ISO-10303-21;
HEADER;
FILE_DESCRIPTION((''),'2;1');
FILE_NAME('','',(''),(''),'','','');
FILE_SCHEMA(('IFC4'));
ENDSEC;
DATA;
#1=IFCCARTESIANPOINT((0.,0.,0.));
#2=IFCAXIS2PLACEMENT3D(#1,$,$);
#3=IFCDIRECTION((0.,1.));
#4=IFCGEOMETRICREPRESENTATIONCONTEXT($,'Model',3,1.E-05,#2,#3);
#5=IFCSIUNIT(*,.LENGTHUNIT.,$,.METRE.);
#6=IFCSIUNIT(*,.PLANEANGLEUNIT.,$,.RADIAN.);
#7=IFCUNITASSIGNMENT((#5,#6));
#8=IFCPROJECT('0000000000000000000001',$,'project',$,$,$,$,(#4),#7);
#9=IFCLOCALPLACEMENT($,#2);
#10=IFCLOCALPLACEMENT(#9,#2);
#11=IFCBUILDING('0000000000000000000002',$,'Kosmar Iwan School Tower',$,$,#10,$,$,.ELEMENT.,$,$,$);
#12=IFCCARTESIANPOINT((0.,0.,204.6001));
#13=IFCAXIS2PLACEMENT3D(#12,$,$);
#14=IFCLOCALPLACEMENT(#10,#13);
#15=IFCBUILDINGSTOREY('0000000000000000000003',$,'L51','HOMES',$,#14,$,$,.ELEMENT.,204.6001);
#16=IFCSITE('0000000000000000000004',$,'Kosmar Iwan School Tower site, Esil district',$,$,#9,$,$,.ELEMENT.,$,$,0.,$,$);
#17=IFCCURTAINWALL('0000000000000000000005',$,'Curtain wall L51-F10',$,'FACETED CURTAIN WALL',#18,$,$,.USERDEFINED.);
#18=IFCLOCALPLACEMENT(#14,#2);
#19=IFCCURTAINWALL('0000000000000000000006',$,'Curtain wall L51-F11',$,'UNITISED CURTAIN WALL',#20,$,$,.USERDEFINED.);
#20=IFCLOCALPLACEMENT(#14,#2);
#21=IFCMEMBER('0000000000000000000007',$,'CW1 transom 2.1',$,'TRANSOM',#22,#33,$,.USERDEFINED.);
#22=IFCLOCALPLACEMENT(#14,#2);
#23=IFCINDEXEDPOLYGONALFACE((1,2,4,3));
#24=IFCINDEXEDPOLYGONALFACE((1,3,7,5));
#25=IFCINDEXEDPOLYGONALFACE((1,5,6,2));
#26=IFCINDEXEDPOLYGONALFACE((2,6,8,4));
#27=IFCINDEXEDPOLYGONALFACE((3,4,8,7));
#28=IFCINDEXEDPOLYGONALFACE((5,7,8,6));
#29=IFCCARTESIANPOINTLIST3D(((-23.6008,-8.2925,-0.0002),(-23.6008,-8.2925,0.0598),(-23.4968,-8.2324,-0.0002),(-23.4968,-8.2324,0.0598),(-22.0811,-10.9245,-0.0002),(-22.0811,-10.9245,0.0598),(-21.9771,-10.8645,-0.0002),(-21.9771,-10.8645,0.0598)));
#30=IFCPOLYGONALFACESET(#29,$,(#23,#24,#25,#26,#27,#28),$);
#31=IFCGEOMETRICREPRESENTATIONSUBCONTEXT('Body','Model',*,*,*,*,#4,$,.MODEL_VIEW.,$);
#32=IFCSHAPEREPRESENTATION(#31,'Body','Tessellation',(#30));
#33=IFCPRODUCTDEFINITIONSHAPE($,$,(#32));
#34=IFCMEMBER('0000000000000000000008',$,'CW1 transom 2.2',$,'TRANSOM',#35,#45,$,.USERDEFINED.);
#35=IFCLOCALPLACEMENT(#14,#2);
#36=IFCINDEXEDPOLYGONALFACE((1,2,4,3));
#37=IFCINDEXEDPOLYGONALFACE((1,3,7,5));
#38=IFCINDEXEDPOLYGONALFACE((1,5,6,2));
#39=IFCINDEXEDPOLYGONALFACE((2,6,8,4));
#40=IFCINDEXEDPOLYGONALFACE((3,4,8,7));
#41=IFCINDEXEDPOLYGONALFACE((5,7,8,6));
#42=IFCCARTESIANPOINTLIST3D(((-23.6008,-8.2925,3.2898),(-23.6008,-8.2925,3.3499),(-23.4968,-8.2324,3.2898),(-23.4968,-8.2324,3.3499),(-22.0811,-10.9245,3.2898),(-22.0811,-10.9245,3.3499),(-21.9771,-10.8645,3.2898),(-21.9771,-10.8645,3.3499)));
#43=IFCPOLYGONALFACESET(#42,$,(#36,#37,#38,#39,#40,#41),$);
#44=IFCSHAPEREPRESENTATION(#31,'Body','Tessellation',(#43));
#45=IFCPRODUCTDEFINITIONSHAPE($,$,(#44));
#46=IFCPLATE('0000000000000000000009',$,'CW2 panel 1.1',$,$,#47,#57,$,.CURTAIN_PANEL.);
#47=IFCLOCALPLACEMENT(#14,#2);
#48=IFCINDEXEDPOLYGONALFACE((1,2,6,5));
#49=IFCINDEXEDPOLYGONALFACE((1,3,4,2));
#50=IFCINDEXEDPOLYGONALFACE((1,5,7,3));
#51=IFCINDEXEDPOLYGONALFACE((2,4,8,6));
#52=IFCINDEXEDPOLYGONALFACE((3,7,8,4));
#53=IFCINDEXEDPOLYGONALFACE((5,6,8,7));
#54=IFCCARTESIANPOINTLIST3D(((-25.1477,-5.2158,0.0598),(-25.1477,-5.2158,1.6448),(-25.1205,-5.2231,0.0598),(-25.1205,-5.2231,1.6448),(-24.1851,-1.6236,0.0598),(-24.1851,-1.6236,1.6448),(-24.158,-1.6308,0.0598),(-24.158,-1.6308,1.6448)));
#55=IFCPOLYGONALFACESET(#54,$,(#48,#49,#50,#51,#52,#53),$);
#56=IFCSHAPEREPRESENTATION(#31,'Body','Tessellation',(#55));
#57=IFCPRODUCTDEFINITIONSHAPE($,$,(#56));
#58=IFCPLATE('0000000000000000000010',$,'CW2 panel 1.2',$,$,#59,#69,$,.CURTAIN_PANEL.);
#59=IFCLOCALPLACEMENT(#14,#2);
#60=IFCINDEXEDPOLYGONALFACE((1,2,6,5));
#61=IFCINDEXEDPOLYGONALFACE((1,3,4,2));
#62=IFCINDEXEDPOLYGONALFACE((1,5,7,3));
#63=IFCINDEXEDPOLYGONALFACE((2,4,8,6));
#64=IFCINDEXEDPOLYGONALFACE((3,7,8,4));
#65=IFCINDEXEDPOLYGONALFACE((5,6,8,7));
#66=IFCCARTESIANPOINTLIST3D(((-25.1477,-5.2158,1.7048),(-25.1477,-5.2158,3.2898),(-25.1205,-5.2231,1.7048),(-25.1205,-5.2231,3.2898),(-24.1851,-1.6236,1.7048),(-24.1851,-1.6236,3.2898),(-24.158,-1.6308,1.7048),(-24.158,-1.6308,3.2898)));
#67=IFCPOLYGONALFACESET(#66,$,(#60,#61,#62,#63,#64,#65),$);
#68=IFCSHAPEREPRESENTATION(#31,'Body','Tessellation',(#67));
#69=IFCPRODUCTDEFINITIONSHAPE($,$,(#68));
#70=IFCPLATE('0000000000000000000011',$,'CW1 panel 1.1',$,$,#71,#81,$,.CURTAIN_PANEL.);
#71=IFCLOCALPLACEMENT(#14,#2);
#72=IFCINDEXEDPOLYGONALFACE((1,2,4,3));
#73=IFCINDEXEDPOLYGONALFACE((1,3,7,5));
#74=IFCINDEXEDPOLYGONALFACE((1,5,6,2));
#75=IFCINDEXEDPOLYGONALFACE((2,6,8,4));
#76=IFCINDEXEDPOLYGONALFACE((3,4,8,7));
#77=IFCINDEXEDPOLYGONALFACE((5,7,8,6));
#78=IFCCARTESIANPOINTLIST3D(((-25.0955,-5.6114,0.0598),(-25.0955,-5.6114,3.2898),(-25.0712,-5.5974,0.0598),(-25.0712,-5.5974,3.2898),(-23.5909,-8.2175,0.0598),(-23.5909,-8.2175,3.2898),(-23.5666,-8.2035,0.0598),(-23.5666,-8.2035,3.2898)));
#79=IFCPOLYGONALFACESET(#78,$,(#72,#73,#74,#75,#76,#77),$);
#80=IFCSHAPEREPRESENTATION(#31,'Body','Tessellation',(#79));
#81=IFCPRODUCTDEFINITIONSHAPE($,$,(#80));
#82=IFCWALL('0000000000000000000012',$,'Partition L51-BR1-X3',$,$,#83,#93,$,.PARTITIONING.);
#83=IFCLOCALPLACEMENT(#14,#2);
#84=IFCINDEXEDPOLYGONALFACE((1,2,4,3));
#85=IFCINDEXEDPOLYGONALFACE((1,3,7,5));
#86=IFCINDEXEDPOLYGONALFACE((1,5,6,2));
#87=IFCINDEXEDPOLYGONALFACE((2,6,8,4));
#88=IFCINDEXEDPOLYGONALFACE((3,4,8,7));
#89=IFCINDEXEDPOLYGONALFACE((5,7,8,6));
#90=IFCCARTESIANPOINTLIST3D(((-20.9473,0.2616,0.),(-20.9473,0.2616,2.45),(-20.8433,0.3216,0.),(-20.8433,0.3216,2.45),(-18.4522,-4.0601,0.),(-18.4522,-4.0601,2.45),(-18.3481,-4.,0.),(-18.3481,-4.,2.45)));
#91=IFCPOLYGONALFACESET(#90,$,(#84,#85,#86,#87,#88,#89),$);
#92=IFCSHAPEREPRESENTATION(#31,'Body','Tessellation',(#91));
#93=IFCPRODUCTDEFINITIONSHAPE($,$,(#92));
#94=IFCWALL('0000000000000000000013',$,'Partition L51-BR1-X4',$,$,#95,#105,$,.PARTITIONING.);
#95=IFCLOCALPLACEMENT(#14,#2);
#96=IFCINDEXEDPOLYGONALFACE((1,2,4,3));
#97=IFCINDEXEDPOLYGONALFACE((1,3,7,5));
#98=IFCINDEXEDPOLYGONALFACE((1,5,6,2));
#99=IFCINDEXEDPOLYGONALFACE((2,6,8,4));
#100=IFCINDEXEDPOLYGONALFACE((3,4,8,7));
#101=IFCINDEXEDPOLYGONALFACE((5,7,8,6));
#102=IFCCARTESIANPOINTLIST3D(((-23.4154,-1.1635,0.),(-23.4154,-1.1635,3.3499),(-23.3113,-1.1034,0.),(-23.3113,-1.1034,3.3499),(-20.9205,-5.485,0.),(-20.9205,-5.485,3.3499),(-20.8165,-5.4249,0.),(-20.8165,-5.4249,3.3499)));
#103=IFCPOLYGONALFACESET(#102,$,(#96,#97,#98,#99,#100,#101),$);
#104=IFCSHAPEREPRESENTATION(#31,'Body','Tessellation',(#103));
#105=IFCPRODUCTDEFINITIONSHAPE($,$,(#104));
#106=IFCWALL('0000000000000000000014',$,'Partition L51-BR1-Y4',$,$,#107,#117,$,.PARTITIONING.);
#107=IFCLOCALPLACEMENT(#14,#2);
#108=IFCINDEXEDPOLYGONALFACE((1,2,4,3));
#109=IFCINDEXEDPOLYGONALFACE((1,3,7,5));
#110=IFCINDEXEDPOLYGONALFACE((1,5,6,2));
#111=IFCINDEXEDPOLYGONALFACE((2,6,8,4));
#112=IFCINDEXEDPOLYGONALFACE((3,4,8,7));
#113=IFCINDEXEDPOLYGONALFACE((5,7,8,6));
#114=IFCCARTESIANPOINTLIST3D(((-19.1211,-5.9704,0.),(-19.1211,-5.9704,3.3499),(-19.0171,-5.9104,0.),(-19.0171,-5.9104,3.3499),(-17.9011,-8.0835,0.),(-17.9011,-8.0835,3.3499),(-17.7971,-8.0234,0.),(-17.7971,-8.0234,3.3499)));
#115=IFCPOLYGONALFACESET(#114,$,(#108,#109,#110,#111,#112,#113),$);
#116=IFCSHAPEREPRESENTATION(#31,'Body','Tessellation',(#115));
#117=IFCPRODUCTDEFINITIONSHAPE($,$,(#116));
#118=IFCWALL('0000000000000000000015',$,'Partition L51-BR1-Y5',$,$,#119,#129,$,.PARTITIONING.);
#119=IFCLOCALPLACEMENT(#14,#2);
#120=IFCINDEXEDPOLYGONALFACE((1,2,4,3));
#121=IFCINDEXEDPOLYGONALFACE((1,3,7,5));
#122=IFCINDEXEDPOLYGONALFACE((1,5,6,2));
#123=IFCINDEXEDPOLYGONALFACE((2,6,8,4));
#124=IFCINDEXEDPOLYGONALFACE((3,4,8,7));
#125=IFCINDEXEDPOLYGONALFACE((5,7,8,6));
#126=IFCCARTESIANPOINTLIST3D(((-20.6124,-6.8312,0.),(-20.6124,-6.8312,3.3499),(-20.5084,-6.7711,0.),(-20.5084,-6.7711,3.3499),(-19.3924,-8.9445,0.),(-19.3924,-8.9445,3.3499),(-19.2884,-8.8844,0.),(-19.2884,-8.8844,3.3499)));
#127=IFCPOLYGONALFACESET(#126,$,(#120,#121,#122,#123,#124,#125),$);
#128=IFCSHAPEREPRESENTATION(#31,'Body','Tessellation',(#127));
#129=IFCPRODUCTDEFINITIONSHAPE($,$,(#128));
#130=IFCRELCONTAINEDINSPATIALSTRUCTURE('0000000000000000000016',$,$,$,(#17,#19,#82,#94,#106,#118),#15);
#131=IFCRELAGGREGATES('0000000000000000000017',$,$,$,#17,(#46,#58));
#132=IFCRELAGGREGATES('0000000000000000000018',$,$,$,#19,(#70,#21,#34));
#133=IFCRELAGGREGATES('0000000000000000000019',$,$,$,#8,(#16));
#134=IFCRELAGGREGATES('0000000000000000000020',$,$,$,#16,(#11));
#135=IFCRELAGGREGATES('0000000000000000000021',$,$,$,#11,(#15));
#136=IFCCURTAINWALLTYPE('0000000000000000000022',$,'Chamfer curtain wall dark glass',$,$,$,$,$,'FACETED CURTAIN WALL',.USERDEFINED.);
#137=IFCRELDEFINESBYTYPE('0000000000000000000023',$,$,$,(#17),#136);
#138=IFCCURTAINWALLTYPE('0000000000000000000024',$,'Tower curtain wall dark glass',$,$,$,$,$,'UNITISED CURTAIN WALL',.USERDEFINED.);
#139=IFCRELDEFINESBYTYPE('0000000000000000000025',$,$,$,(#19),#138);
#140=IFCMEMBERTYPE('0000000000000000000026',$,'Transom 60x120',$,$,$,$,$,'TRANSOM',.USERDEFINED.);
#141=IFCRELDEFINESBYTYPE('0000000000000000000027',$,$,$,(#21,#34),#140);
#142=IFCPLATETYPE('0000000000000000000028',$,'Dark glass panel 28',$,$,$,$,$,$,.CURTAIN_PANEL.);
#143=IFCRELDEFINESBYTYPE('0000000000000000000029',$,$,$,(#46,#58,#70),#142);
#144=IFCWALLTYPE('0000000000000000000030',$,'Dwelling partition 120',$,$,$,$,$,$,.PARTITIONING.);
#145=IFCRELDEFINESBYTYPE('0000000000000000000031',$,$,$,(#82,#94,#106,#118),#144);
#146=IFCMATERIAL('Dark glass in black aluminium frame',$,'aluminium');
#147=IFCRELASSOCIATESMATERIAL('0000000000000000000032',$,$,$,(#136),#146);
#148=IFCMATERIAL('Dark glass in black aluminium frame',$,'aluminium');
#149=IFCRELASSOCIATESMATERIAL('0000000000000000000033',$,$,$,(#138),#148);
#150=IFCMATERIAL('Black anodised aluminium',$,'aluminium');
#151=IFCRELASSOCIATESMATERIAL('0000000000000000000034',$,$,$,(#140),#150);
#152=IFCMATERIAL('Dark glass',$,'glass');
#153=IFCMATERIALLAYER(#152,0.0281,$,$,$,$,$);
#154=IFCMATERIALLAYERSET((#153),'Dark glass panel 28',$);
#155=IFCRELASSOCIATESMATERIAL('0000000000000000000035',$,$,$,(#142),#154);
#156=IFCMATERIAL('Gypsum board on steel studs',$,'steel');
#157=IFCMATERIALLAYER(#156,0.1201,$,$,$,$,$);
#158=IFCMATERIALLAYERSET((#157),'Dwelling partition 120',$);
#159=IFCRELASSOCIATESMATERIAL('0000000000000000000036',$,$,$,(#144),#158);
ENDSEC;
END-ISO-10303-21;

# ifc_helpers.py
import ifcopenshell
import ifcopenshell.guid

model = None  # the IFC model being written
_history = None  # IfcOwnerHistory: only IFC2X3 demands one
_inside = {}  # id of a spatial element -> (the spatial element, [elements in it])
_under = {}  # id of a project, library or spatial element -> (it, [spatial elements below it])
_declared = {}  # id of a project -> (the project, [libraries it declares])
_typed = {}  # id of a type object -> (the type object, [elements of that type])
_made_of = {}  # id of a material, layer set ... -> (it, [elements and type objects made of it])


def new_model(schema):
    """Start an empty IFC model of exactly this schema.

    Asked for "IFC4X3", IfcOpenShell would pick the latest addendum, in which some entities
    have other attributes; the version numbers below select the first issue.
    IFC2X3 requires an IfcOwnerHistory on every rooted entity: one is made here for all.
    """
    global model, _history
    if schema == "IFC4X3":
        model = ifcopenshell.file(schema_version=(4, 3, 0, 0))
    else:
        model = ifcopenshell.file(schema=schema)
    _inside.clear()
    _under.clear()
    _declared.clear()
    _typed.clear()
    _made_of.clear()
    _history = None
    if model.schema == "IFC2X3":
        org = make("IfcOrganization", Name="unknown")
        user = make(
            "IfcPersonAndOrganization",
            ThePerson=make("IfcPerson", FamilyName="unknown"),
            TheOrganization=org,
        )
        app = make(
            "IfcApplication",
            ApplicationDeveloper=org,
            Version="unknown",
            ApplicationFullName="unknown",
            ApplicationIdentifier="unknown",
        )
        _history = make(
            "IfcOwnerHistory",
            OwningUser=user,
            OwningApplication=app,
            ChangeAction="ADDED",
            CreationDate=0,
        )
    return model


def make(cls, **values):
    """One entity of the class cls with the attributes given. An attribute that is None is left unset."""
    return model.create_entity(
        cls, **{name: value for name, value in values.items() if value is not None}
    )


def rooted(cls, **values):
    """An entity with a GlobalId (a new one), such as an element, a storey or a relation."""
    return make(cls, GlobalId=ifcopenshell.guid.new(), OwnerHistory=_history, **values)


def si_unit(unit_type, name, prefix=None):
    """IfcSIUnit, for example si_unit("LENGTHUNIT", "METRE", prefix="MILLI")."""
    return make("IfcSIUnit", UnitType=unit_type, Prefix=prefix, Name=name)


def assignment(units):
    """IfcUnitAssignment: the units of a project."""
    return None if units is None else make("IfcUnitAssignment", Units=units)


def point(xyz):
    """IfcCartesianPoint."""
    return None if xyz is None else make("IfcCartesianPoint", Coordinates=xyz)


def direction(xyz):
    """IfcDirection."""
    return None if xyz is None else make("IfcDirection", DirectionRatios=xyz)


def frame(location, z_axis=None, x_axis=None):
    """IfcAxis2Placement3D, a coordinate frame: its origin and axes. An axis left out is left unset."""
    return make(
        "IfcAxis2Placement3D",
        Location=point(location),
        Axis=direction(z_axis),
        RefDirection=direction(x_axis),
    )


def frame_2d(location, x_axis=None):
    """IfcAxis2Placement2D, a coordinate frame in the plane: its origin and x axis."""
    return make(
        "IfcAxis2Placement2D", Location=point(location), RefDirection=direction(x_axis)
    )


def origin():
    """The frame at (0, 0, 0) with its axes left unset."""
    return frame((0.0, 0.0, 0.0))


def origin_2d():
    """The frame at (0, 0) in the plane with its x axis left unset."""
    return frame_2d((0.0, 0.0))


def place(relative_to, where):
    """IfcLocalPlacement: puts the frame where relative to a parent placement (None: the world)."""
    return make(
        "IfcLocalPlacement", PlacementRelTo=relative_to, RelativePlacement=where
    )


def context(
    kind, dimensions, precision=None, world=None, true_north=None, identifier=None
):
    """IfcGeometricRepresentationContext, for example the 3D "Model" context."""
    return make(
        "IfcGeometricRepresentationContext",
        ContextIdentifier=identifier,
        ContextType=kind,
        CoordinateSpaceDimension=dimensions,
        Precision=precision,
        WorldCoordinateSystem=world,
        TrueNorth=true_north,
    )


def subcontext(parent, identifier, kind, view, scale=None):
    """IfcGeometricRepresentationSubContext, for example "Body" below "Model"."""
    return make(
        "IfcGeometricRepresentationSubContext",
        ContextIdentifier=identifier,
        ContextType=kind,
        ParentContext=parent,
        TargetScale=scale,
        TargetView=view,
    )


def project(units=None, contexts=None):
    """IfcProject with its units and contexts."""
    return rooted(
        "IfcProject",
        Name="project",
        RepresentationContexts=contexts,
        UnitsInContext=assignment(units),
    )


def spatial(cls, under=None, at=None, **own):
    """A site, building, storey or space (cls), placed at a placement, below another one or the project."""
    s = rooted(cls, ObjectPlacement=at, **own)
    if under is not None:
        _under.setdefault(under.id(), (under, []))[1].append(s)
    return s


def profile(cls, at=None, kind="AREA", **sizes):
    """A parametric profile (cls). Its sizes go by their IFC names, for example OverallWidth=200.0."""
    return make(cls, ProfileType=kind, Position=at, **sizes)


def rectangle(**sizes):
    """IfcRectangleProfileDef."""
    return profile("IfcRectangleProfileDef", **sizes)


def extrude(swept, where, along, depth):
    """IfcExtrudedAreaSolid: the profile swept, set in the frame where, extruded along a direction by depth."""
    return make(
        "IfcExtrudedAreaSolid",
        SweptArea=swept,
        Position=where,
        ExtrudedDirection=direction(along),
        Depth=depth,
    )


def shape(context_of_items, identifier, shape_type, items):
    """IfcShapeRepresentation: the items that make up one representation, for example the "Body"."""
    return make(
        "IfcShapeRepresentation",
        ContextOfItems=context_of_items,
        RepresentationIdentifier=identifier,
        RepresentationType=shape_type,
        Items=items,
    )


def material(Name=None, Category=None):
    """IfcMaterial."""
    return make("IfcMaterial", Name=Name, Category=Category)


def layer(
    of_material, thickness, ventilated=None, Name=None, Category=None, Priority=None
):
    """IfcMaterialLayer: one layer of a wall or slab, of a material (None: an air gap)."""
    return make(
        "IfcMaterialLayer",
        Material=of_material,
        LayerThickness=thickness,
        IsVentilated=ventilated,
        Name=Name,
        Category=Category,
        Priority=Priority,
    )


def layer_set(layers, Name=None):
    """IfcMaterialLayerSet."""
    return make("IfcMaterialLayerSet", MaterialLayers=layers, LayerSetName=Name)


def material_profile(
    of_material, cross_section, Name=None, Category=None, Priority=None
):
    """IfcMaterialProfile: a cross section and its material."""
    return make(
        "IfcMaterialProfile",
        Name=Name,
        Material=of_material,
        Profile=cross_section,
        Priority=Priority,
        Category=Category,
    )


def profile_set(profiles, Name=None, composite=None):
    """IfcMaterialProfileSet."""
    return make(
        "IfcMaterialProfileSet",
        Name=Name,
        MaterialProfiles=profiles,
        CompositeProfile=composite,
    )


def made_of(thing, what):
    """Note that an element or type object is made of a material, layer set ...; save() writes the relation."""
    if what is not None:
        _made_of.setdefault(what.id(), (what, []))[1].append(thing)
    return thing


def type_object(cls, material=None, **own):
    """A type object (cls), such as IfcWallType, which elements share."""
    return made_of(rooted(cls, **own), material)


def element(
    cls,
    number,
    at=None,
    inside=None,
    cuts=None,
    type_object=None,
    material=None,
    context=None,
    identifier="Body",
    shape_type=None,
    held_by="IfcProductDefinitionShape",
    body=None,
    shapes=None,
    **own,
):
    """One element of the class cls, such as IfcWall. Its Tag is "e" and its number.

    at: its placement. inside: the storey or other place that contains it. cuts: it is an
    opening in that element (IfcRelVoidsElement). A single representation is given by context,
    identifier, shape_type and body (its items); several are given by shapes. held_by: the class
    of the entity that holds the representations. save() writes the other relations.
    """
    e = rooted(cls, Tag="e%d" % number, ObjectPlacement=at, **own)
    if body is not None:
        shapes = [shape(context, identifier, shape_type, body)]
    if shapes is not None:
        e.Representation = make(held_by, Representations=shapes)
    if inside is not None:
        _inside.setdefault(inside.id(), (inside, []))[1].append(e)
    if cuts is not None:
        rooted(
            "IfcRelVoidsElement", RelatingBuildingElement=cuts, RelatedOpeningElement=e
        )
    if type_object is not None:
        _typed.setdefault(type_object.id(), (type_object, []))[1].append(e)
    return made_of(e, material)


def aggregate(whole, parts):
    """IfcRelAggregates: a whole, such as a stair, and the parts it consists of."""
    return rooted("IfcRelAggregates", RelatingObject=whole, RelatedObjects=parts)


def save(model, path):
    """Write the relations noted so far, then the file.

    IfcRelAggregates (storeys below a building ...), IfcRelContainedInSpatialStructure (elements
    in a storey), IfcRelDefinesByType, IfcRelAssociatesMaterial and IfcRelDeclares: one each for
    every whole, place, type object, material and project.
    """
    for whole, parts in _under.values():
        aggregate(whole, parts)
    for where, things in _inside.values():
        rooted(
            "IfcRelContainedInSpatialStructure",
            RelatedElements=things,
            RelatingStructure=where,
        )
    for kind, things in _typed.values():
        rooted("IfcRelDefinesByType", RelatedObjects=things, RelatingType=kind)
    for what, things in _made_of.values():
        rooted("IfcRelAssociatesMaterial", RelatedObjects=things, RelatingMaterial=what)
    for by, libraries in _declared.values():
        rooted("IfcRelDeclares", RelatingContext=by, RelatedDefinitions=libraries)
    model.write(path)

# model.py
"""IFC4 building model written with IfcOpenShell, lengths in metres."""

from ifc_helpers import new_model, si_unit, direction, frame, frame_2d, origin, origin_2d, place, context, subcontext, project, spatial, rectangle, extrude, material, layer, layer_set, material_profile, profile_set, type_object, element, aggregate, save


model = new_model("IFC4")

# Units and contexts
model_context = context("Model", 3, precision=1e-05, world=origin(), true_north=direction((0.0, 1.0)))
body_context = subcontext(model_context, "Body", "Model", "MODEL_VIEW")
ifc_project = project(units=[si_unit("LENGTHUNIT", "METRE"), si_unit("PLANEANGLEUNIT", "RADIAN")], contexts=[model_context])

# Site, building, storey
site_placement = place(None, origin())
site = spatial("IfcSite", under=ifc_project, at=site_placement, Name="Kosmar Iwan School Tower site, Esil district", CompositionType="ELEMENT", RefElevation=0.0)
building_placement = place(site_placement, origin())
building = spatial("IfcBuilding", under=site, at=building_placement, Name="Kosmar Iwan School Tower", CompositionType="ELEMENT")
storey_placement = place(building_placement, frame((0.0, 0.0, 204.6001)))
storey = spatial("IfcBuildingStorey", under=building, at=storey_placement, Name="L51", Description="HOMES", CompositionType="ELEMENT", Elevation=204.6001)

# Curtain walls
ifc_material_1 = material(Name="Dark glass in black aluminium frame", Category="aluminium")
curtain_wall_type_1 = type_object("IfcCurtainWallType", Name="Chamfer curtain wall dark glass", ElementType="FACETED CURTAIN WALL", PredefinedType="USERDEFINED", material=ifc_material_1)
curtain_wall_1_placement = place(storey_placement, origin())
curtain_wall_1 = element("IfcCurtainWall", 1, at=curtain_wall_1_placement, inside=storey, type_object=curtain_wall_type_1, Name="Curtain wall L51-F10", ObjectType="FACETED CURTAIN WALL", PredefinedType="USERDEFINED")
ifc_material_2 = material(Name="Dark glass in black aluminium frame", Category="aluminium")
curtain_wall_type_2 = type_object("IfcCurtainWallType", Name="Tower curtain wall dark glass", ElementType="UNITISED CURTAIN WALL", PredefinedType="USERDEFINED", material=ifc_material_2)
curtain_wall_2_placement = place(storey_placement, origin())
curtain_wall_2 = element("IfcCurtainWall", 2, at=curtain_wall_2_placement, inside=storey, type_object=curtain_wall_type_2, Name="Curtain wall L51-F11", ObjectType="UNITISED CURTAIN WALL", PredefinedType="USERDEFINED")

# Members
ifc_material_3 = material(Name="Black anodised aluminium", Category="aluminium")
ifc_material_profile_1 = material_profile(ifc_material_3, rectangle(XDim=0.1201, YDim=0.0601, at=origin_2d()), Name="TRANSOM 60x120")
ifc_profile_set_1 = profile_set([ifc_material_profile_1], Name="Black anodised aluminium")
member_type_1 = type_object("IfcMemberType", Name="Transom 60x120", ElementType="TRANSOM", PredefinedType="USERDEFINED", material=ifc_profile_set_1)
member_1_placement = place(storey_placement, frame((-23.5488, -8.2625, 0.0298), z_axis=(0.500035, -0.866005, 0.0), x_axis=(0.866005, 0.500035, 0.0)))
member_1 = element("IfcMember", 3, at=member_1_placement, type_object=member_type_1, Name="CW1 transom 2.1", ObjectType="TRANSOM", PredefinedType="USERDEFINED", context=body_context, shape_type="SweptSolid", body=[
    extrude(rectangle(XDim=0.1201, YDim=0.0601, at=origin_2d()), origin(), (0.0, 0.0, 1.0), 3.0393),
])
member_2_placement = place(storey_placement, frame((-23.5488, -8.2625, 3.3198), z_axis=(0.500035, -0.866005, 0.0), x_axis=(0.866005, 0.500035, 0.0)))
member_2 = element("IfcMember", 4, at=member_2_placement, type_object=member_type_1, Name="CW1 transom 2.2", ObjectType="TRANSOM", PredefinedType="USERDEFINED", context=body_context, shape_type="SweptSolid", body=[
    extrude(rectangle(XDim=0.1201, YDim=0.0601, at=origin_2d()), origin(), (0.0, 0.0, 1.0), 3.0393),
])

# Plates
ifc_material_4 = material(Name="Dark glass", Category="glass")
ifc_layer_1 = layer(ifc_material_4, 0.0281)
ifc_layer_set_1 = layer_set([ifc_layer_1], Name="Dark glass panel 28")
plate_type = type_object("IfcPlateType", Name="Dark glass panel 28", PredefinedType="CURTAIN_PANEL", material=ifc_layer_set_1)
plate_1_placement = place(storey_placement, frame((-24.6528, -3.4233, 0.0598), z_axis=(0.0, 0.0, 1.0), x_axis=(-0.258819, -0.965926, 0.0)))
plate_1 = element("IfcPlate", 5, at=plate_1_placement, type_object=plate_type, Name="CW2 panel 1.1", PredefinedType="CURTAIN_PANEL", context=body_context, shape_type="SweptSolid", body=[
    extrude(rectangle(XDim=3.719, YDim=0.0281, at=origin_2d()), origin(), (0.0, 0.0, 1.0), 1.585),
])
plate_2_placement = place(storey_placement, frame((-24.6528, -3.4233, 1.7048), z_axis=(0.0, 0.0, 1.0), x_axis=(-0.258819, -0.965926, 0.0)))
plate_2 = element("IfcPlate", 6, at=plate_2_placement, type_object=plate_type, Name="CW2 panel 1.2", PredefinedType="CURTAIN_PANEL", context=body_context, shape_type="SweptSolid", body=[
    extrude(rectangle(XDim=3.719, YDim=0.0281, at=origin_2d()), origin(), (0.0, 0.0, 1.0), 1.585),
])
aggregate(curtain_wall_1, [plate_1, plate_2])
plate_3_placement = place(storey_placement, frame((-24.3311, -6.9075, 0.0598), z_axis=(0.0, 0.0, 1.0), x_axis=(0.5, -0.866025, 0.0)))
plate_3 = element("IfcPlate", 7, at=plate_3_placement, type_object=plate_type, Name="CW1 panel 1.1", PredefinedType="CURTAIN_PANEL", context=body_context, shape_type="SweptSolid", body=[
    extrude(rectangle(XDim=3.0093, YDim=0.0281, at=origin_2d()), origin(), (0.0, 0.0, 1.0), 3.23),
])
aggregate(curtain_wall_2, [plate_3, member_1, member_2])

# Walls
ifc_material_5 = material(Name="Gypsum board on steel studs", Category="steel")
ifc_layer_2 = layer(ifc_material_5, 0.1201)
ifc_layer_set_2 = layer_set([ifc_layer_2], Name="Dwelling partition 120")
wall_type = type_object("IfcWallType", Name="Dwelling partition 120", PredefinedType="PARTITIONING", material=ifc_layer_set_2)
wall_1_placement = place(storey_placement, frame((-18.4001, -4.03, 0.0), z_axis=(0.0, 0.0, 1.0), x_axis=(-0.500012, 0.866019, 0.0)))
element("IfcWall", 8, at=wall_1_placement, inside=storey, type_object=wall_type, Name="Partition L51-BR1-X3", PredefinedType="PARTITIONING", context=body_context, shape_type="SweptSolid", body=[
    extrude(rectangle(XDim=4.9902, YDim=0.1201, at=frame_2d((2.4951, 0.0))), origin(), (0.0, 0.0, 1.0), 2.45),
])
wall_2_placement = place(storey_placement, frame((-20.8684, -5.4551, 0.0), z_axis=(0.0, 0.0, 1.0), x_axis=(-0.499975, 0.86604, 0.0)))
element("IfcWall", 9, at=wall_2_placement, inside=storey, type_object=wall_type, Name="Partition L51-BR1-X4", PredefinedType="PARTITIONING", context=body_context, shape_type="SweptSolid", body=[
    extrude(rectangle(XDim=4.99, YDim=0.1201, at=frame_2d((2.4951, 0.0))), origin(), (0.0, 0.0, 1.0), 3.3499),
])
wall_3_placement = place(storey_placement, frame((-17.8491, -8.0535, 0.0), z_axis=(0.0, 0.0, 1.0), x_axis=(-0.500003, 0.866024, 0.0)))
element("IfcWall", 10, at=wall_3_placement, inside=storey, type_object=wall_type, Name="Partition L51-BR1-Y4", PredefinedType="PARTITIONING", context=body_context, shape_type="SweptSolid", body=[
    extrude(rectangle(XDim=2.4399, YDim=0.1201, at=frame_2d((1.22, 0.0))), origin(), (0.0, 0.0, 1.0), 3.3499),
])
wall_4_placement = place(storey_placement, frame((-19.3403, -8.9146, 0.0), z_axis=(0.0, 0.0, 1.0), x_axis=(-0.499959, 0.866049, 0.0)))
element("IfcWall", 11, at=wall_4_placement, inside=storey, type_object=wall_type, Name="Partition L51-BR1-Y5", PredefinedType="PARTITIONING", context=body_context, shape_type="SweptSolid", body=[
    extrude(rectangle(XDim=2.4402, YDim=0.1201, at=frame_2d((1.2202, 0.0))), origin(), (0.0, 0.0, 1.0), 3.3499),
])

save(model, "model.ifc")
